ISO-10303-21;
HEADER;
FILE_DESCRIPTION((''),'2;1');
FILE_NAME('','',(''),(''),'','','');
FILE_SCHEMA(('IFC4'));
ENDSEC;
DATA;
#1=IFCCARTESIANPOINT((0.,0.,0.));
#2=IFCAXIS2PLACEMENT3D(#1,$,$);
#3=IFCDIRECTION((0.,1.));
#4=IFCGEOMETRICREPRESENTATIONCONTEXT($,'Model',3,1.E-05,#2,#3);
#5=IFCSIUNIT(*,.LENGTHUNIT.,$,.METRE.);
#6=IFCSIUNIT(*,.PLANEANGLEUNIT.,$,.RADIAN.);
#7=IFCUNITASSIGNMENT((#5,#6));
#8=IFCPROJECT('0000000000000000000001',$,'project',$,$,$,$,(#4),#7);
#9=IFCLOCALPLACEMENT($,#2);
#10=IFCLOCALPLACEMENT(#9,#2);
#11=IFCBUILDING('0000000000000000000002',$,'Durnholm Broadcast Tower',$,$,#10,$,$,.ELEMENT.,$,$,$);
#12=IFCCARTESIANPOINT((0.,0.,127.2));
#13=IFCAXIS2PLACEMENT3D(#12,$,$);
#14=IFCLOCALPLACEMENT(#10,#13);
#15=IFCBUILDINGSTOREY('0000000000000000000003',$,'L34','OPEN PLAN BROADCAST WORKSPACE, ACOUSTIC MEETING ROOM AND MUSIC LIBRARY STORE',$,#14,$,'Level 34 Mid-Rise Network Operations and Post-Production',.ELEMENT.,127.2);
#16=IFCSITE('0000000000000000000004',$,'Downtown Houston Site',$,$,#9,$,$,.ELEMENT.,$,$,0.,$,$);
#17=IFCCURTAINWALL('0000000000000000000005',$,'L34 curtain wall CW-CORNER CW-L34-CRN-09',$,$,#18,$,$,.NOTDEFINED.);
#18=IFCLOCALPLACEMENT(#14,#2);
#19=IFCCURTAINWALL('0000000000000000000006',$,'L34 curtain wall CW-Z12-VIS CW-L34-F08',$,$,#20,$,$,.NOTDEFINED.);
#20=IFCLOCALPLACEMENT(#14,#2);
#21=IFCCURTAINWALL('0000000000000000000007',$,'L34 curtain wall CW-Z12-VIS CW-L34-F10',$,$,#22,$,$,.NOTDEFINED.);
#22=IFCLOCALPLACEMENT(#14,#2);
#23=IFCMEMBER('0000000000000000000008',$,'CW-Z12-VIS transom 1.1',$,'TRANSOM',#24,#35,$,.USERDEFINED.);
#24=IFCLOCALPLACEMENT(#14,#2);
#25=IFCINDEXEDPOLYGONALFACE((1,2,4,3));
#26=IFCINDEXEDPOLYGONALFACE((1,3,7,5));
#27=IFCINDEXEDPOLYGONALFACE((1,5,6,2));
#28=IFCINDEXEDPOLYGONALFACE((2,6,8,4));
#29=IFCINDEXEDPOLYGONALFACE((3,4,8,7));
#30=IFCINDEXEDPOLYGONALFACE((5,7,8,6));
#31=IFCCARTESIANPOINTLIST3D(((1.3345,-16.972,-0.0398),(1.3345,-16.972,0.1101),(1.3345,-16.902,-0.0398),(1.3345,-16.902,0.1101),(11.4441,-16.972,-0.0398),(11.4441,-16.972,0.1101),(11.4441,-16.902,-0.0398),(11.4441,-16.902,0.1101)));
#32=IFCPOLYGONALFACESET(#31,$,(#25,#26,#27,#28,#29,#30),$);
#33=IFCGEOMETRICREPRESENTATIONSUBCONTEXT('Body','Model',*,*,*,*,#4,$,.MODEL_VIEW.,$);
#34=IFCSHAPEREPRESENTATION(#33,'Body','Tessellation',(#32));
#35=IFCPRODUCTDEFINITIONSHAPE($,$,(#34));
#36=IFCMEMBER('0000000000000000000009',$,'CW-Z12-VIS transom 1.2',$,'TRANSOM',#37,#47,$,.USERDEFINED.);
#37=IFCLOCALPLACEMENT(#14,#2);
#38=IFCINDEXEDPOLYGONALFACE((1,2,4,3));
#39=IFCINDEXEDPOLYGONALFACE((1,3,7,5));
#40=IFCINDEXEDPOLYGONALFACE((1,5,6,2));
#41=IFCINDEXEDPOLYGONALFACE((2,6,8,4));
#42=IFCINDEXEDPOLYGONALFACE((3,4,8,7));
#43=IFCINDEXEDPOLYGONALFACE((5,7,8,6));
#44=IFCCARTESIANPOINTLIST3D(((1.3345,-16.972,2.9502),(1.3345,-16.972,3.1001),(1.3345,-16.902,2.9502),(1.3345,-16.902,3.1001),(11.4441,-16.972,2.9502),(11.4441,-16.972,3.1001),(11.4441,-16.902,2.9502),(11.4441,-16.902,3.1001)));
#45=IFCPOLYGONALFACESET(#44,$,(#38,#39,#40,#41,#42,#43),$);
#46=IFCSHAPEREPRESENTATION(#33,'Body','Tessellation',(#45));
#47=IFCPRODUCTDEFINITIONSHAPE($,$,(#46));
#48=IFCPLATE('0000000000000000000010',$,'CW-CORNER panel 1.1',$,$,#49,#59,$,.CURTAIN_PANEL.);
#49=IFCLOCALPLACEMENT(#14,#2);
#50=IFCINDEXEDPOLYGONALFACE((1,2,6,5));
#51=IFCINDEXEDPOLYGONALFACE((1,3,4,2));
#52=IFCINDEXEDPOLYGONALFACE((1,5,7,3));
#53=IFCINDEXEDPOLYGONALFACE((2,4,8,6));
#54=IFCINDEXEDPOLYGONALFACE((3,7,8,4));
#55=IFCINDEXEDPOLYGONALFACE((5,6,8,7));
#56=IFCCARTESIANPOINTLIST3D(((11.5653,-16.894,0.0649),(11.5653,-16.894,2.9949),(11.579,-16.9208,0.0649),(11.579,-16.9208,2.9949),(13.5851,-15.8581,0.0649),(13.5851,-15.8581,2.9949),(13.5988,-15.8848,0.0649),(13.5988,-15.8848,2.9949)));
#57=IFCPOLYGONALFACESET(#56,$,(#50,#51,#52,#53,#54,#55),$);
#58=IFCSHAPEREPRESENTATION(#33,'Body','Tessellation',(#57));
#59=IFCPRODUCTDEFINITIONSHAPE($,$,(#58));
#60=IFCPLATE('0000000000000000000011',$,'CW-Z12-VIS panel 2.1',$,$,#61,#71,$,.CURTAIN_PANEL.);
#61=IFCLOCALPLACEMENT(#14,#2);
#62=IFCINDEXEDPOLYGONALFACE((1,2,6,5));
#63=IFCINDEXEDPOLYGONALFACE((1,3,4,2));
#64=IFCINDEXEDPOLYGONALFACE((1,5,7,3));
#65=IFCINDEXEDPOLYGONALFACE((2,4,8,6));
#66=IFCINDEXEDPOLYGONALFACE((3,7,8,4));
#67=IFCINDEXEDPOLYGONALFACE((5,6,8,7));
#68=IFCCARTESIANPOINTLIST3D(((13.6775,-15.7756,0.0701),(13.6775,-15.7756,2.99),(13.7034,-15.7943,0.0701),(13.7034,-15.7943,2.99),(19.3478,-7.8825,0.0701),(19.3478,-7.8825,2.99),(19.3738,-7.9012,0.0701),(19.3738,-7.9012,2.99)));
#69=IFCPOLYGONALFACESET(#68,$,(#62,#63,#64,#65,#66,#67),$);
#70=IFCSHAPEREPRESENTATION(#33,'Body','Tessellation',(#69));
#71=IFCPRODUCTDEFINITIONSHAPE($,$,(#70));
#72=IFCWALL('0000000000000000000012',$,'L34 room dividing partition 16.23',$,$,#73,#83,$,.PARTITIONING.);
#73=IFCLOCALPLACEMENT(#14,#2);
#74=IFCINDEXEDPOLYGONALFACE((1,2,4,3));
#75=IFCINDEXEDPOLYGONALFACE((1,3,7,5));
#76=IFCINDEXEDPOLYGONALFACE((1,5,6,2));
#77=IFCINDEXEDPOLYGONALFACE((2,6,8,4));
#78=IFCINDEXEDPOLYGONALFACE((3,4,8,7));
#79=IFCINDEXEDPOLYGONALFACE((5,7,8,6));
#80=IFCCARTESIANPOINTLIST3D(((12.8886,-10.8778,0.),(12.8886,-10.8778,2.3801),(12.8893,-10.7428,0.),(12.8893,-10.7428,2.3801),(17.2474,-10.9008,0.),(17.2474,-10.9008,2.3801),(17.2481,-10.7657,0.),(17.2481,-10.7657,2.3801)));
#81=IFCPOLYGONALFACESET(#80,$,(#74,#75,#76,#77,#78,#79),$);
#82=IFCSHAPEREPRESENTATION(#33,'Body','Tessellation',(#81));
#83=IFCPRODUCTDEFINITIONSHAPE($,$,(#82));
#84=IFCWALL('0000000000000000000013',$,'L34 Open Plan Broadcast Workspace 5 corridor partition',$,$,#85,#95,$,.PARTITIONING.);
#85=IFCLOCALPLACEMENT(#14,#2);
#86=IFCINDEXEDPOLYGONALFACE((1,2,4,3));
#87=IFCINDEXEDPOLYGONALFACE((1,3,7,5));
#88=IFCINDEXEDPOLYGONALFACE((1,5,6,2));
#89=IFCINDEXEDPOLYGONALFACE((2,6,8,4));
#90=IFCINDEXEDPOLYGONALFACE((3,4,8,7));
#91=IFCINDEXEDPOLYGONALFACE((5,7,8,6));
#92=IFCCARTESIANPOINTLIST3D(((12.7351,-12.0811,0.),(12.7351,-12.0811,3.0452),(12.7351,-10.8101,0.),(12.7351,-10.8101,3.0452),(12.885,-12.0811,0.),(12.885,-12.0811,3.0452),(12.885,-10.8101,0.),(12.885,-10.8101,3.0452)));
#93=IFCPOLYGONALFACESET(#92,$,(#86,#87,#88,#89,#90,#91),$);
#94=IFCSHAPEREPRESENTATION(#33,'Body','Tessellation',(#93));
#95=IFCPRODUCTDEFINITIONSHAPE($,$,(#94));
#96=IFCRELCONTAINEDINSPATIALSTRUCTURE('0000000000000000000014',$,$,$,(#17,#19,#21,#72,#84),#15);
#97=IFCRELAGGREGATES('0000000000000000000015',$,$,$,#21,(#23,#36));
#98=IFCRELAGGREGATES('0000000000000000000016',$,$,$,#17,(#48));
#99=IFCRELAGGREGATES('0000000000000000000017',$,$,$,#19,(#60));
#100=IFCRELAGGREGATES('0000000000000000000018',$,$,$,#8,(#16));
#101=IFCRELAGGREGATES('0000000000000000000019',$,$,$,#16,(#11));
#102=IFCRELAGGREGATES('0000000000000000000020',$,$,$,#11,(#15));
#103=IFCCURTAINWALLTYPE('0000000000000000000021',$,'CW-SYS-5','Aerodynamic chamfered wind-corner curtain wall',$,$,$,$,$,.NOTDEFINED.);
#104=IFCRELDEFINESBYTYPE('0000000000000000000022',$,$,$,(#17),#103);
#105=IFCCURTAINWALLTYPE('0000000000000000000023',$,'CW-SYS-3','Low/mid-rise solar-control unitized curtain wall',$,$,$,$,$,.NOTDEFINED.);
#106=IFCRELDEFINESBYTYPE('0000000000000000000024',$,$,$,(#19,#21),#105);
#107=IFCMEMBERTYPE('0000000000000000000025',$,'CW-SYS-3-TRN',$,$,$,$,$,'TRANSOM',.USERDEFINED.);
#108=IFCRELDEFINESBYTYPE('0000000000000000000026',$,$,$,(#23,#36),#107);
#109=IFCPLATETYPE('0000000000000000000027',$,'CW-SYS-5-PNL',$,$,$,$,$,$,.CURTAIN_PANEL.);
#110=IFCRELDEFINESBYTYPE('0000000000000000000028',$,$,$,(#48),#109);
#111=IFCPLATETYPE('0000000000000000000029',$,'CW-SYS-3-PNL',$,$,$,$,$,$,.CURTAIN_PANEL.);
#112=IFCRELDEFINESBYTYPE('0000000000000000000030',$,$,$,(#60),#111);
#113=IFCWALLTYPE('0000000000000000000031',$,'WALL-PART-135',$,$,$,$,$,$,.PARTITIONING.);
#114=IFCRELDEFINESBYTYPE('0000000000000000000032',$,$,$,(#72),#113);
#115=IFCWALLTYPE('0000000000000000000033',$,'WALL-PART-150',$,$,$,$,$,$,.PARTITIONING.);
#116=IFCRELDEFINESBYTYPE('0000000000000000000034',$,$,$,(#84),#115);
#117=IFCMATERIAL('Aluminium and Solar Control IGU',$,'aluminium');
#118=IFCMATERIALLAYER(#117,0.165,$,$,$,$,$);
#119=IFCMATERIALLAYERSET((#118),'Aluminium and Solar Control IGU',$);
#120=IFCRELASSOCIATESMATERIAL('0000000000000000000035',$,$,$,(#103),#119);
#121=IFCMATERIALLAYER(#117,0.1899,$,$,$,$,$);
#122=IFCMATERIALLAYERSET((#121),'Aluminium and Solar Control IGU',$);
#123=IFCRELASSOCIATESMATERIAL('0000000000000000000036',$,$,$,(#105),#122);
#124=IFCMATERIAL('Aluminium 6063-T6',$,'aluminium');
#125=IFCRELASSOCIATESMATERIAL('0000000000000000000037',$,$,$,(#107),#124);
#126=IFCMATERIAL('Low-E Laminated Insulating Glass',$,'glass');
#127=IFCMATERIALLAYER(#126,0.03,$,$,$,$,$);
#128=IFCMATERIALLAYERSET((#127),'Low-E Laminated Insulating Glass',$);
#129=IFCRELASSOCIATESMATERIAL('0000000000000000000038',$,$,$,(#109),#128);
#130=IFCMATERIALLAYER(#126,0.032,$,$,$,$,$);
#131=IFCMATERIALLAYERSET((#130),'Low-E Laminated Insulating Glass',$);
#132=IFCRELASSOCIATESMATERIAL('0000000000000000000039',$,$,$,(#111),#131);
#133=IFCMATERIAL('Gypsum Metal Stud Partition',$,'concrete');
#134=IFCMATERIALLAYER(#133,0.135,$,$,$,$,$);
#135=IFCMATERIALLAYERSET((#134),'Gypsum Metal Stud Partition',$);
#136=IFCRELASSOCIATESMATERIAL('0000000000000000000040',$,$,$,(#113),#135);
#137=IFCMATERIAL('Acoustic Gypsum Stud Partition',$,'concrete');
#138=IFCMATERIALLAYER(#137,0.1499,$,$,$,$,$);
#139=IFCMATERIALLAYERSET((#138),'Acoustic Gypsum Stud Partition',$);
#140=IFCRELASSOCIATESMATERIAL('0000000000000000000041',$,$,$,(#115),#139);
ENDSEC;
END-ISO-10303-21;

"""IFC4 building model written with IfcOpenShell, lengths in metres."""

from ifc_helpers import new_model, si_unit, direction, frame, frame_2d, origin, origin_2d, place, context, subcontext, project, spatial, rectangle, extrude, source, transform, mapped, material, layer, layer_set, material_profile, profile_set, type_object, type_shapes, element, aggregate, save


model = new_model("IFC4")

# Units and contexts
model_context = context("Model", 3, precision=1e-05, world=origin(), true_north=direction((0.0, 1.0)))
body_context = subcontext(model_context, "Body", "Model", "MODEL_VIEW")
ifc_project = project(units=[si_unit("LENGTHUNIT", "METRE"), si_unit("PLANEANGLEUNIT", "RADIAN")], contexts=[model_context])

# Site, building, storey
site_placement = place(None, origin())
site = spatial("IfcSite", under=ifc_project, at=site_placement, Name="Downtown Houston Site", CompositionType="ELEMENT", RefElevation=0.0)
building_placement = place(site_placement, origin())
building = spatial("IfcBuilding", under=site, at=building_placement, Name="Durnholm Broadcast Tower", CompositionType="ELEMENT")
storey_placement = place(building_placement, frame((0.0, 0.0, 127.2)))
storey = spatial("IfcBuildingStorey", under=building, at=storey_placement, Name="L34", Description="OPEN PLAN BROADCAST WORKSPACE, ACOUSTIC MEETING ROOM AND MUSIC LIBRARY STORE", LongName="Level 34 Mid-Rise Network Operations and Post-Production", CompositionType="ELEMENT", Elevation=127.2)

# Curtain wall
ifc_material_1 = material(Name="Aluminium and Solar Control IGU", Category="aluminium")
ifc_layer_1 = layer(ifc_material_1, 0.165)
ifc_layer_set_1 = layer_set([ifc_layer_1], Name="Aluminium and Solar Control IGU")
curtain_wall_type_1 = type_object("IfcCurtainWallType", Name="CW-SYS-5", Description="Aerodynamic chamfered wind-corner curtain wall", PredefinedType="NOTDEFINED", material=ifc_layer_set_1)
curtain_wall_1_placement = place(storey_placement, origin())
curtain_wall_1 = element("IfcCurtainWall", 1, at=curtain_wall_1_placement, inside=storey, type_object=curtain_wall_type_1, Name="L34 curtain wall CW-CORNER CW-L34-CRN-09", PredefinedType="NOTDEFINED")
ifc_material_2 = material(Name="Aluminium 6063-T6", Category="aluminium")

# Curtain walls
ifc_layer_2 = layer(ifc_material_1, 0.1899)
ifc_layer_set_2 = layer_set([ifc_layer_2], Name="Aluminium and Solar Control IGU")
curtain_wall_type_2 = type_object("IfcCurtainWallType", Name="CW-SYS-3", Description="Low/mid-rise solar-control unitized curtain wall", PredefinedType="NOTDEFINED", material=ifc_layer_set_2)
curtain_wall_2_placement = place(storey_placement, origin())
curtain_wall_2 = element("IfcCurtainWall", 2, at=curtain_wall_2_placement, inside=storey, type_object=curtain_wall_type_2, Name="L34 curtain wall CW-Z12-VIS CW-L34-F08", PredefinedType="NOTDEFINED")
curtain_wall_3_placement = place(storey_placement, origin())
curtain_wall_3 = element("IfcCurtainWall", 3, at=curtain_wall_3_placement, inside=storey, type_object=curtain_wall_type_2, Name="L34 curtain wall CW-Z12-VIS CW-L34-F10", PredefinedType="NOTDEFINED")

# Members
ifc_material_profile_1 = material_profile(ifc_material_2, rectangle(XDim=0.0701, YDim=0.1499, at=origin_2d()), Name="CWT70X150")
ifc_profile_set_1 = profile_set([ifc_material_profile_1], Name="Aluminium 6063-T6")
member_type_1 = type_object("IfcMemberType", Name="CW-SYS-3-TRN", ElementType="TRANSOM", PredefinedType="USERDEFINED", material=ifc_profile_set_1)
shared_shape_1 = source(origin(), body_context, "Body", "SweptSolid", [
    extrude(rectangle(XDim=0.0701, YDim=0.1499, at=origin_2d()), origin(), (0.0, 0.0, 1.0), 10.1096),
])
type_shapes(member_type_1, [shared_shape_1])
member_1_placement = place(storey_placement, frame((11.4441, -16.937, 0.0352), z_axis=(-1.0, 0.0, 0.0), x_axis=(0.0, -1.0, 0.0)))
member_1 = element("IfcMember", 4, at=member_1_placement, type_object=member_type_1, Name="CW-Z12-VIS transom 1.1", ObjectType="TRANSOM", PredefinedType="USERDEFINED", context=body_context, shape_type="MappedRepresentation", body=[
    mapped(shared_shape_1, transform((0.0, 0.0, 0.0), x_axis=(1.0, 0.0, 0.0), y_axis=(0.0, 1.0, 0.0), z_axis=(0.0, 0.0, 1.0), scale=1.0)),
])
member_2_placement = place(storey_placement, frame((11.4441, -16.937, 3.0251), z_axis=(-1.0, 0.0, 0.0), x_axis=(0.0, -1.0, 0.0)))
member_2 = element("IfcMember", 5, at=member_2_placement, type_object=member_type_1, Name="CW-Z12-VIS transom 1.2", ObjectType="TRANSOM", PredefinedType="USERDEFINED", context=body_context, shape_type="MappedRepresentation", body=[
    mapped(shared_shape_1, transform((0.0, 0.0, 0.0), x_axis=(1.0, 0.0, 0.0), y_axis=(0.0, 1.0, 0.0), z_axis=(0.0, 0.0, 1.0), scale=1.0)),
])
aggregate(curtain_wall_3, [member_1, member_2])

# Plates
ifc_material_3 = material(Name="Low-E Laminated Insulating Glass", Category="glass")
ifc_layer_3 = layer(ifc_material_3, 0.03)
ifc_layer_set_3 = layer_set([ifc_layer_3], Name="Low-E Laminated Insulating Glass")
plate_type_1 = type_object("IfcPlateType", Name="CW-SYS-5-PNL", PredefinedType="CURTAIN_PANEL", material=ifc_layer_set_3)
shared_shape_2 = source(origin(), body_context, "Body", "SweptSolid", [
    extrude(rectangle(XDim=2.27, YDim=0.03, at=origin_2d()), origin(), (0.0, 0.0, 1.0), 2.9299),
])
type_shapes(plate_type_1, [shared_shape_2])
plate_1_placement = place(storey_placement, frame((12.582, -16.3894, 0.0649), z_axis=(0.0, 0.0, 1.0), x_axis=(-0.889788, -0.456373, 0.0)))
plate_1 = element("IfcPlate", 6, at=plate_1_placement, type_object=plate_type_1, Name="CW-CORNER panel 1.1", PredefinedType="CURTAIN_PANEL", context=body_context, shape_type="MappedRepresentation", body=[
    mapped(shared_shape_2, transform((0.0, 0.0, 0.0), x_axis=(1.0, 0.0, 0.0), y_axis=(0.0, 1.0, 0.0), z_axis=(0.0, 0.0, 1.0), scale=1.0)),
])
aggregate(curtain_wall_1, [plate_1])
ifc_layer_4 = layer(ifc_material_3, 0.032)
ifc_layer_set_4 = layer_set([ifc_layer_4], Name="Low-E Laminated Insulating Glass")
plate_type_2 = type_object("IfcPlateType", Name="CW-SYS-3-PNL", PredefinedType="CURTAIN_PANEL", material=ifc_layer_set_4)
shared_shape_3 = source(origin(), body_context, "Body", "SweptSolid", [
    extrude(rectangle(XDim=9.7188, YDim=0.032, at=origin_2d()), origin(), (0.0, 0.0, 1.0), 2.9199),
])
type_shapes(plate_type_2, [shared_shape_3])
plate_2_placement = place(storey_placement, frame((16.5256, -11.8384, 0.0701), z_axis=(0.0, 0.0, 1.0), x_axis=(-0.583445, -0.812152, 0.0)))
plate_2 = element("IfcPlate", 7, at=plate_2_placement, type_object=plate_type_2, Name="CW-Z12-VIS panel 2.1", PredefinedType="CURTAIN_PANEL", context=body_context, shape_type="MappedRepresentation", body=[
    mapped(shared_shape_3, transform((0.0, 0.0, 0.0), x_axis=(1.0, 0.0, 0.0), y_axis=(0.0, 1.0, 0.0), z_axis=(0.0, 0.0, 1.0), scale=1.0)),
])
aggregate(curtain_wall_2, [plate_2])

# Walls
ifc_material_4 = material(Name="Gypsum Metal Stud Partition", Category="concrete")
ifc_layer_5 = layer(ifc_material_4, 0.135)
ifc_layer_set_5 = layer_set([ifc_layer_5], Name="Gypsum Metal Stud Partition")
wall_type_1 = type_object("IfcWallType", Name="WALL-PART-135", PredefinedType="PARTITIONING", material=ifc_layer_set_5)
wall_1_placement = place(storey_placement, frame((12.8889, -10.8103, 0.0), z_axis=(0.0, 0.0, 1.0), x_axis=(0.999986, -0.005265, 0.0)))
element("IfcWall", 8, at=wall_1_placement, inside=storey, type_object=wall_type_1, Name="L34 room dividing partition 16.23", PredefinedType="PARTITIONING", context=body_context, shape_type="SweptSolid", body=[
    extrude(rectangle(XDim=4.3589, YDim=0.135, at=frame_2d((2.1794, 0.0))), origin(), (0.0, 0.0, 1.0), 2.3801),
])
ifc_material_5 = material(Name="Acoustic Gypsum Stud Partition", Category="concrete")
ifc_layer_6 = layer(ifc_material_5, 0.1499)
ifc_layer_set_6 = layer_set([ifc_layer_6], Name="Acoustic Gypsum Stud Partition")
wall_type_2 = type_object("IfcWallType", Name="WALL-PART-150", PredefinedType="PARTITIONING", material=ifc_layer_set_6)
wall_2_placement = place(storey_placement, frame((12.8101, -12.0811, 0.0), z_axis=(0.0, 0.0, 1.0), x_axis=(0.0, 1.0, 0.0)))
element("IfcWall", 9, at=wall_2_placement, inside=storey, type_object=wall_type_2, Name="L34 Open Plan Broadcast Workspace 5 corridor partition", PredefinedType="PARTITIONING", context=body_context, shape_type="SweptSolid", body=[
    extrude(rectangle(XDim=1.271, YDim=0.1499, at=frame_2d((0.6355, 0.0))), origin(), (0.0, 0.0, 1.0), 3.0452),
])

save(model, "model.ifc")
